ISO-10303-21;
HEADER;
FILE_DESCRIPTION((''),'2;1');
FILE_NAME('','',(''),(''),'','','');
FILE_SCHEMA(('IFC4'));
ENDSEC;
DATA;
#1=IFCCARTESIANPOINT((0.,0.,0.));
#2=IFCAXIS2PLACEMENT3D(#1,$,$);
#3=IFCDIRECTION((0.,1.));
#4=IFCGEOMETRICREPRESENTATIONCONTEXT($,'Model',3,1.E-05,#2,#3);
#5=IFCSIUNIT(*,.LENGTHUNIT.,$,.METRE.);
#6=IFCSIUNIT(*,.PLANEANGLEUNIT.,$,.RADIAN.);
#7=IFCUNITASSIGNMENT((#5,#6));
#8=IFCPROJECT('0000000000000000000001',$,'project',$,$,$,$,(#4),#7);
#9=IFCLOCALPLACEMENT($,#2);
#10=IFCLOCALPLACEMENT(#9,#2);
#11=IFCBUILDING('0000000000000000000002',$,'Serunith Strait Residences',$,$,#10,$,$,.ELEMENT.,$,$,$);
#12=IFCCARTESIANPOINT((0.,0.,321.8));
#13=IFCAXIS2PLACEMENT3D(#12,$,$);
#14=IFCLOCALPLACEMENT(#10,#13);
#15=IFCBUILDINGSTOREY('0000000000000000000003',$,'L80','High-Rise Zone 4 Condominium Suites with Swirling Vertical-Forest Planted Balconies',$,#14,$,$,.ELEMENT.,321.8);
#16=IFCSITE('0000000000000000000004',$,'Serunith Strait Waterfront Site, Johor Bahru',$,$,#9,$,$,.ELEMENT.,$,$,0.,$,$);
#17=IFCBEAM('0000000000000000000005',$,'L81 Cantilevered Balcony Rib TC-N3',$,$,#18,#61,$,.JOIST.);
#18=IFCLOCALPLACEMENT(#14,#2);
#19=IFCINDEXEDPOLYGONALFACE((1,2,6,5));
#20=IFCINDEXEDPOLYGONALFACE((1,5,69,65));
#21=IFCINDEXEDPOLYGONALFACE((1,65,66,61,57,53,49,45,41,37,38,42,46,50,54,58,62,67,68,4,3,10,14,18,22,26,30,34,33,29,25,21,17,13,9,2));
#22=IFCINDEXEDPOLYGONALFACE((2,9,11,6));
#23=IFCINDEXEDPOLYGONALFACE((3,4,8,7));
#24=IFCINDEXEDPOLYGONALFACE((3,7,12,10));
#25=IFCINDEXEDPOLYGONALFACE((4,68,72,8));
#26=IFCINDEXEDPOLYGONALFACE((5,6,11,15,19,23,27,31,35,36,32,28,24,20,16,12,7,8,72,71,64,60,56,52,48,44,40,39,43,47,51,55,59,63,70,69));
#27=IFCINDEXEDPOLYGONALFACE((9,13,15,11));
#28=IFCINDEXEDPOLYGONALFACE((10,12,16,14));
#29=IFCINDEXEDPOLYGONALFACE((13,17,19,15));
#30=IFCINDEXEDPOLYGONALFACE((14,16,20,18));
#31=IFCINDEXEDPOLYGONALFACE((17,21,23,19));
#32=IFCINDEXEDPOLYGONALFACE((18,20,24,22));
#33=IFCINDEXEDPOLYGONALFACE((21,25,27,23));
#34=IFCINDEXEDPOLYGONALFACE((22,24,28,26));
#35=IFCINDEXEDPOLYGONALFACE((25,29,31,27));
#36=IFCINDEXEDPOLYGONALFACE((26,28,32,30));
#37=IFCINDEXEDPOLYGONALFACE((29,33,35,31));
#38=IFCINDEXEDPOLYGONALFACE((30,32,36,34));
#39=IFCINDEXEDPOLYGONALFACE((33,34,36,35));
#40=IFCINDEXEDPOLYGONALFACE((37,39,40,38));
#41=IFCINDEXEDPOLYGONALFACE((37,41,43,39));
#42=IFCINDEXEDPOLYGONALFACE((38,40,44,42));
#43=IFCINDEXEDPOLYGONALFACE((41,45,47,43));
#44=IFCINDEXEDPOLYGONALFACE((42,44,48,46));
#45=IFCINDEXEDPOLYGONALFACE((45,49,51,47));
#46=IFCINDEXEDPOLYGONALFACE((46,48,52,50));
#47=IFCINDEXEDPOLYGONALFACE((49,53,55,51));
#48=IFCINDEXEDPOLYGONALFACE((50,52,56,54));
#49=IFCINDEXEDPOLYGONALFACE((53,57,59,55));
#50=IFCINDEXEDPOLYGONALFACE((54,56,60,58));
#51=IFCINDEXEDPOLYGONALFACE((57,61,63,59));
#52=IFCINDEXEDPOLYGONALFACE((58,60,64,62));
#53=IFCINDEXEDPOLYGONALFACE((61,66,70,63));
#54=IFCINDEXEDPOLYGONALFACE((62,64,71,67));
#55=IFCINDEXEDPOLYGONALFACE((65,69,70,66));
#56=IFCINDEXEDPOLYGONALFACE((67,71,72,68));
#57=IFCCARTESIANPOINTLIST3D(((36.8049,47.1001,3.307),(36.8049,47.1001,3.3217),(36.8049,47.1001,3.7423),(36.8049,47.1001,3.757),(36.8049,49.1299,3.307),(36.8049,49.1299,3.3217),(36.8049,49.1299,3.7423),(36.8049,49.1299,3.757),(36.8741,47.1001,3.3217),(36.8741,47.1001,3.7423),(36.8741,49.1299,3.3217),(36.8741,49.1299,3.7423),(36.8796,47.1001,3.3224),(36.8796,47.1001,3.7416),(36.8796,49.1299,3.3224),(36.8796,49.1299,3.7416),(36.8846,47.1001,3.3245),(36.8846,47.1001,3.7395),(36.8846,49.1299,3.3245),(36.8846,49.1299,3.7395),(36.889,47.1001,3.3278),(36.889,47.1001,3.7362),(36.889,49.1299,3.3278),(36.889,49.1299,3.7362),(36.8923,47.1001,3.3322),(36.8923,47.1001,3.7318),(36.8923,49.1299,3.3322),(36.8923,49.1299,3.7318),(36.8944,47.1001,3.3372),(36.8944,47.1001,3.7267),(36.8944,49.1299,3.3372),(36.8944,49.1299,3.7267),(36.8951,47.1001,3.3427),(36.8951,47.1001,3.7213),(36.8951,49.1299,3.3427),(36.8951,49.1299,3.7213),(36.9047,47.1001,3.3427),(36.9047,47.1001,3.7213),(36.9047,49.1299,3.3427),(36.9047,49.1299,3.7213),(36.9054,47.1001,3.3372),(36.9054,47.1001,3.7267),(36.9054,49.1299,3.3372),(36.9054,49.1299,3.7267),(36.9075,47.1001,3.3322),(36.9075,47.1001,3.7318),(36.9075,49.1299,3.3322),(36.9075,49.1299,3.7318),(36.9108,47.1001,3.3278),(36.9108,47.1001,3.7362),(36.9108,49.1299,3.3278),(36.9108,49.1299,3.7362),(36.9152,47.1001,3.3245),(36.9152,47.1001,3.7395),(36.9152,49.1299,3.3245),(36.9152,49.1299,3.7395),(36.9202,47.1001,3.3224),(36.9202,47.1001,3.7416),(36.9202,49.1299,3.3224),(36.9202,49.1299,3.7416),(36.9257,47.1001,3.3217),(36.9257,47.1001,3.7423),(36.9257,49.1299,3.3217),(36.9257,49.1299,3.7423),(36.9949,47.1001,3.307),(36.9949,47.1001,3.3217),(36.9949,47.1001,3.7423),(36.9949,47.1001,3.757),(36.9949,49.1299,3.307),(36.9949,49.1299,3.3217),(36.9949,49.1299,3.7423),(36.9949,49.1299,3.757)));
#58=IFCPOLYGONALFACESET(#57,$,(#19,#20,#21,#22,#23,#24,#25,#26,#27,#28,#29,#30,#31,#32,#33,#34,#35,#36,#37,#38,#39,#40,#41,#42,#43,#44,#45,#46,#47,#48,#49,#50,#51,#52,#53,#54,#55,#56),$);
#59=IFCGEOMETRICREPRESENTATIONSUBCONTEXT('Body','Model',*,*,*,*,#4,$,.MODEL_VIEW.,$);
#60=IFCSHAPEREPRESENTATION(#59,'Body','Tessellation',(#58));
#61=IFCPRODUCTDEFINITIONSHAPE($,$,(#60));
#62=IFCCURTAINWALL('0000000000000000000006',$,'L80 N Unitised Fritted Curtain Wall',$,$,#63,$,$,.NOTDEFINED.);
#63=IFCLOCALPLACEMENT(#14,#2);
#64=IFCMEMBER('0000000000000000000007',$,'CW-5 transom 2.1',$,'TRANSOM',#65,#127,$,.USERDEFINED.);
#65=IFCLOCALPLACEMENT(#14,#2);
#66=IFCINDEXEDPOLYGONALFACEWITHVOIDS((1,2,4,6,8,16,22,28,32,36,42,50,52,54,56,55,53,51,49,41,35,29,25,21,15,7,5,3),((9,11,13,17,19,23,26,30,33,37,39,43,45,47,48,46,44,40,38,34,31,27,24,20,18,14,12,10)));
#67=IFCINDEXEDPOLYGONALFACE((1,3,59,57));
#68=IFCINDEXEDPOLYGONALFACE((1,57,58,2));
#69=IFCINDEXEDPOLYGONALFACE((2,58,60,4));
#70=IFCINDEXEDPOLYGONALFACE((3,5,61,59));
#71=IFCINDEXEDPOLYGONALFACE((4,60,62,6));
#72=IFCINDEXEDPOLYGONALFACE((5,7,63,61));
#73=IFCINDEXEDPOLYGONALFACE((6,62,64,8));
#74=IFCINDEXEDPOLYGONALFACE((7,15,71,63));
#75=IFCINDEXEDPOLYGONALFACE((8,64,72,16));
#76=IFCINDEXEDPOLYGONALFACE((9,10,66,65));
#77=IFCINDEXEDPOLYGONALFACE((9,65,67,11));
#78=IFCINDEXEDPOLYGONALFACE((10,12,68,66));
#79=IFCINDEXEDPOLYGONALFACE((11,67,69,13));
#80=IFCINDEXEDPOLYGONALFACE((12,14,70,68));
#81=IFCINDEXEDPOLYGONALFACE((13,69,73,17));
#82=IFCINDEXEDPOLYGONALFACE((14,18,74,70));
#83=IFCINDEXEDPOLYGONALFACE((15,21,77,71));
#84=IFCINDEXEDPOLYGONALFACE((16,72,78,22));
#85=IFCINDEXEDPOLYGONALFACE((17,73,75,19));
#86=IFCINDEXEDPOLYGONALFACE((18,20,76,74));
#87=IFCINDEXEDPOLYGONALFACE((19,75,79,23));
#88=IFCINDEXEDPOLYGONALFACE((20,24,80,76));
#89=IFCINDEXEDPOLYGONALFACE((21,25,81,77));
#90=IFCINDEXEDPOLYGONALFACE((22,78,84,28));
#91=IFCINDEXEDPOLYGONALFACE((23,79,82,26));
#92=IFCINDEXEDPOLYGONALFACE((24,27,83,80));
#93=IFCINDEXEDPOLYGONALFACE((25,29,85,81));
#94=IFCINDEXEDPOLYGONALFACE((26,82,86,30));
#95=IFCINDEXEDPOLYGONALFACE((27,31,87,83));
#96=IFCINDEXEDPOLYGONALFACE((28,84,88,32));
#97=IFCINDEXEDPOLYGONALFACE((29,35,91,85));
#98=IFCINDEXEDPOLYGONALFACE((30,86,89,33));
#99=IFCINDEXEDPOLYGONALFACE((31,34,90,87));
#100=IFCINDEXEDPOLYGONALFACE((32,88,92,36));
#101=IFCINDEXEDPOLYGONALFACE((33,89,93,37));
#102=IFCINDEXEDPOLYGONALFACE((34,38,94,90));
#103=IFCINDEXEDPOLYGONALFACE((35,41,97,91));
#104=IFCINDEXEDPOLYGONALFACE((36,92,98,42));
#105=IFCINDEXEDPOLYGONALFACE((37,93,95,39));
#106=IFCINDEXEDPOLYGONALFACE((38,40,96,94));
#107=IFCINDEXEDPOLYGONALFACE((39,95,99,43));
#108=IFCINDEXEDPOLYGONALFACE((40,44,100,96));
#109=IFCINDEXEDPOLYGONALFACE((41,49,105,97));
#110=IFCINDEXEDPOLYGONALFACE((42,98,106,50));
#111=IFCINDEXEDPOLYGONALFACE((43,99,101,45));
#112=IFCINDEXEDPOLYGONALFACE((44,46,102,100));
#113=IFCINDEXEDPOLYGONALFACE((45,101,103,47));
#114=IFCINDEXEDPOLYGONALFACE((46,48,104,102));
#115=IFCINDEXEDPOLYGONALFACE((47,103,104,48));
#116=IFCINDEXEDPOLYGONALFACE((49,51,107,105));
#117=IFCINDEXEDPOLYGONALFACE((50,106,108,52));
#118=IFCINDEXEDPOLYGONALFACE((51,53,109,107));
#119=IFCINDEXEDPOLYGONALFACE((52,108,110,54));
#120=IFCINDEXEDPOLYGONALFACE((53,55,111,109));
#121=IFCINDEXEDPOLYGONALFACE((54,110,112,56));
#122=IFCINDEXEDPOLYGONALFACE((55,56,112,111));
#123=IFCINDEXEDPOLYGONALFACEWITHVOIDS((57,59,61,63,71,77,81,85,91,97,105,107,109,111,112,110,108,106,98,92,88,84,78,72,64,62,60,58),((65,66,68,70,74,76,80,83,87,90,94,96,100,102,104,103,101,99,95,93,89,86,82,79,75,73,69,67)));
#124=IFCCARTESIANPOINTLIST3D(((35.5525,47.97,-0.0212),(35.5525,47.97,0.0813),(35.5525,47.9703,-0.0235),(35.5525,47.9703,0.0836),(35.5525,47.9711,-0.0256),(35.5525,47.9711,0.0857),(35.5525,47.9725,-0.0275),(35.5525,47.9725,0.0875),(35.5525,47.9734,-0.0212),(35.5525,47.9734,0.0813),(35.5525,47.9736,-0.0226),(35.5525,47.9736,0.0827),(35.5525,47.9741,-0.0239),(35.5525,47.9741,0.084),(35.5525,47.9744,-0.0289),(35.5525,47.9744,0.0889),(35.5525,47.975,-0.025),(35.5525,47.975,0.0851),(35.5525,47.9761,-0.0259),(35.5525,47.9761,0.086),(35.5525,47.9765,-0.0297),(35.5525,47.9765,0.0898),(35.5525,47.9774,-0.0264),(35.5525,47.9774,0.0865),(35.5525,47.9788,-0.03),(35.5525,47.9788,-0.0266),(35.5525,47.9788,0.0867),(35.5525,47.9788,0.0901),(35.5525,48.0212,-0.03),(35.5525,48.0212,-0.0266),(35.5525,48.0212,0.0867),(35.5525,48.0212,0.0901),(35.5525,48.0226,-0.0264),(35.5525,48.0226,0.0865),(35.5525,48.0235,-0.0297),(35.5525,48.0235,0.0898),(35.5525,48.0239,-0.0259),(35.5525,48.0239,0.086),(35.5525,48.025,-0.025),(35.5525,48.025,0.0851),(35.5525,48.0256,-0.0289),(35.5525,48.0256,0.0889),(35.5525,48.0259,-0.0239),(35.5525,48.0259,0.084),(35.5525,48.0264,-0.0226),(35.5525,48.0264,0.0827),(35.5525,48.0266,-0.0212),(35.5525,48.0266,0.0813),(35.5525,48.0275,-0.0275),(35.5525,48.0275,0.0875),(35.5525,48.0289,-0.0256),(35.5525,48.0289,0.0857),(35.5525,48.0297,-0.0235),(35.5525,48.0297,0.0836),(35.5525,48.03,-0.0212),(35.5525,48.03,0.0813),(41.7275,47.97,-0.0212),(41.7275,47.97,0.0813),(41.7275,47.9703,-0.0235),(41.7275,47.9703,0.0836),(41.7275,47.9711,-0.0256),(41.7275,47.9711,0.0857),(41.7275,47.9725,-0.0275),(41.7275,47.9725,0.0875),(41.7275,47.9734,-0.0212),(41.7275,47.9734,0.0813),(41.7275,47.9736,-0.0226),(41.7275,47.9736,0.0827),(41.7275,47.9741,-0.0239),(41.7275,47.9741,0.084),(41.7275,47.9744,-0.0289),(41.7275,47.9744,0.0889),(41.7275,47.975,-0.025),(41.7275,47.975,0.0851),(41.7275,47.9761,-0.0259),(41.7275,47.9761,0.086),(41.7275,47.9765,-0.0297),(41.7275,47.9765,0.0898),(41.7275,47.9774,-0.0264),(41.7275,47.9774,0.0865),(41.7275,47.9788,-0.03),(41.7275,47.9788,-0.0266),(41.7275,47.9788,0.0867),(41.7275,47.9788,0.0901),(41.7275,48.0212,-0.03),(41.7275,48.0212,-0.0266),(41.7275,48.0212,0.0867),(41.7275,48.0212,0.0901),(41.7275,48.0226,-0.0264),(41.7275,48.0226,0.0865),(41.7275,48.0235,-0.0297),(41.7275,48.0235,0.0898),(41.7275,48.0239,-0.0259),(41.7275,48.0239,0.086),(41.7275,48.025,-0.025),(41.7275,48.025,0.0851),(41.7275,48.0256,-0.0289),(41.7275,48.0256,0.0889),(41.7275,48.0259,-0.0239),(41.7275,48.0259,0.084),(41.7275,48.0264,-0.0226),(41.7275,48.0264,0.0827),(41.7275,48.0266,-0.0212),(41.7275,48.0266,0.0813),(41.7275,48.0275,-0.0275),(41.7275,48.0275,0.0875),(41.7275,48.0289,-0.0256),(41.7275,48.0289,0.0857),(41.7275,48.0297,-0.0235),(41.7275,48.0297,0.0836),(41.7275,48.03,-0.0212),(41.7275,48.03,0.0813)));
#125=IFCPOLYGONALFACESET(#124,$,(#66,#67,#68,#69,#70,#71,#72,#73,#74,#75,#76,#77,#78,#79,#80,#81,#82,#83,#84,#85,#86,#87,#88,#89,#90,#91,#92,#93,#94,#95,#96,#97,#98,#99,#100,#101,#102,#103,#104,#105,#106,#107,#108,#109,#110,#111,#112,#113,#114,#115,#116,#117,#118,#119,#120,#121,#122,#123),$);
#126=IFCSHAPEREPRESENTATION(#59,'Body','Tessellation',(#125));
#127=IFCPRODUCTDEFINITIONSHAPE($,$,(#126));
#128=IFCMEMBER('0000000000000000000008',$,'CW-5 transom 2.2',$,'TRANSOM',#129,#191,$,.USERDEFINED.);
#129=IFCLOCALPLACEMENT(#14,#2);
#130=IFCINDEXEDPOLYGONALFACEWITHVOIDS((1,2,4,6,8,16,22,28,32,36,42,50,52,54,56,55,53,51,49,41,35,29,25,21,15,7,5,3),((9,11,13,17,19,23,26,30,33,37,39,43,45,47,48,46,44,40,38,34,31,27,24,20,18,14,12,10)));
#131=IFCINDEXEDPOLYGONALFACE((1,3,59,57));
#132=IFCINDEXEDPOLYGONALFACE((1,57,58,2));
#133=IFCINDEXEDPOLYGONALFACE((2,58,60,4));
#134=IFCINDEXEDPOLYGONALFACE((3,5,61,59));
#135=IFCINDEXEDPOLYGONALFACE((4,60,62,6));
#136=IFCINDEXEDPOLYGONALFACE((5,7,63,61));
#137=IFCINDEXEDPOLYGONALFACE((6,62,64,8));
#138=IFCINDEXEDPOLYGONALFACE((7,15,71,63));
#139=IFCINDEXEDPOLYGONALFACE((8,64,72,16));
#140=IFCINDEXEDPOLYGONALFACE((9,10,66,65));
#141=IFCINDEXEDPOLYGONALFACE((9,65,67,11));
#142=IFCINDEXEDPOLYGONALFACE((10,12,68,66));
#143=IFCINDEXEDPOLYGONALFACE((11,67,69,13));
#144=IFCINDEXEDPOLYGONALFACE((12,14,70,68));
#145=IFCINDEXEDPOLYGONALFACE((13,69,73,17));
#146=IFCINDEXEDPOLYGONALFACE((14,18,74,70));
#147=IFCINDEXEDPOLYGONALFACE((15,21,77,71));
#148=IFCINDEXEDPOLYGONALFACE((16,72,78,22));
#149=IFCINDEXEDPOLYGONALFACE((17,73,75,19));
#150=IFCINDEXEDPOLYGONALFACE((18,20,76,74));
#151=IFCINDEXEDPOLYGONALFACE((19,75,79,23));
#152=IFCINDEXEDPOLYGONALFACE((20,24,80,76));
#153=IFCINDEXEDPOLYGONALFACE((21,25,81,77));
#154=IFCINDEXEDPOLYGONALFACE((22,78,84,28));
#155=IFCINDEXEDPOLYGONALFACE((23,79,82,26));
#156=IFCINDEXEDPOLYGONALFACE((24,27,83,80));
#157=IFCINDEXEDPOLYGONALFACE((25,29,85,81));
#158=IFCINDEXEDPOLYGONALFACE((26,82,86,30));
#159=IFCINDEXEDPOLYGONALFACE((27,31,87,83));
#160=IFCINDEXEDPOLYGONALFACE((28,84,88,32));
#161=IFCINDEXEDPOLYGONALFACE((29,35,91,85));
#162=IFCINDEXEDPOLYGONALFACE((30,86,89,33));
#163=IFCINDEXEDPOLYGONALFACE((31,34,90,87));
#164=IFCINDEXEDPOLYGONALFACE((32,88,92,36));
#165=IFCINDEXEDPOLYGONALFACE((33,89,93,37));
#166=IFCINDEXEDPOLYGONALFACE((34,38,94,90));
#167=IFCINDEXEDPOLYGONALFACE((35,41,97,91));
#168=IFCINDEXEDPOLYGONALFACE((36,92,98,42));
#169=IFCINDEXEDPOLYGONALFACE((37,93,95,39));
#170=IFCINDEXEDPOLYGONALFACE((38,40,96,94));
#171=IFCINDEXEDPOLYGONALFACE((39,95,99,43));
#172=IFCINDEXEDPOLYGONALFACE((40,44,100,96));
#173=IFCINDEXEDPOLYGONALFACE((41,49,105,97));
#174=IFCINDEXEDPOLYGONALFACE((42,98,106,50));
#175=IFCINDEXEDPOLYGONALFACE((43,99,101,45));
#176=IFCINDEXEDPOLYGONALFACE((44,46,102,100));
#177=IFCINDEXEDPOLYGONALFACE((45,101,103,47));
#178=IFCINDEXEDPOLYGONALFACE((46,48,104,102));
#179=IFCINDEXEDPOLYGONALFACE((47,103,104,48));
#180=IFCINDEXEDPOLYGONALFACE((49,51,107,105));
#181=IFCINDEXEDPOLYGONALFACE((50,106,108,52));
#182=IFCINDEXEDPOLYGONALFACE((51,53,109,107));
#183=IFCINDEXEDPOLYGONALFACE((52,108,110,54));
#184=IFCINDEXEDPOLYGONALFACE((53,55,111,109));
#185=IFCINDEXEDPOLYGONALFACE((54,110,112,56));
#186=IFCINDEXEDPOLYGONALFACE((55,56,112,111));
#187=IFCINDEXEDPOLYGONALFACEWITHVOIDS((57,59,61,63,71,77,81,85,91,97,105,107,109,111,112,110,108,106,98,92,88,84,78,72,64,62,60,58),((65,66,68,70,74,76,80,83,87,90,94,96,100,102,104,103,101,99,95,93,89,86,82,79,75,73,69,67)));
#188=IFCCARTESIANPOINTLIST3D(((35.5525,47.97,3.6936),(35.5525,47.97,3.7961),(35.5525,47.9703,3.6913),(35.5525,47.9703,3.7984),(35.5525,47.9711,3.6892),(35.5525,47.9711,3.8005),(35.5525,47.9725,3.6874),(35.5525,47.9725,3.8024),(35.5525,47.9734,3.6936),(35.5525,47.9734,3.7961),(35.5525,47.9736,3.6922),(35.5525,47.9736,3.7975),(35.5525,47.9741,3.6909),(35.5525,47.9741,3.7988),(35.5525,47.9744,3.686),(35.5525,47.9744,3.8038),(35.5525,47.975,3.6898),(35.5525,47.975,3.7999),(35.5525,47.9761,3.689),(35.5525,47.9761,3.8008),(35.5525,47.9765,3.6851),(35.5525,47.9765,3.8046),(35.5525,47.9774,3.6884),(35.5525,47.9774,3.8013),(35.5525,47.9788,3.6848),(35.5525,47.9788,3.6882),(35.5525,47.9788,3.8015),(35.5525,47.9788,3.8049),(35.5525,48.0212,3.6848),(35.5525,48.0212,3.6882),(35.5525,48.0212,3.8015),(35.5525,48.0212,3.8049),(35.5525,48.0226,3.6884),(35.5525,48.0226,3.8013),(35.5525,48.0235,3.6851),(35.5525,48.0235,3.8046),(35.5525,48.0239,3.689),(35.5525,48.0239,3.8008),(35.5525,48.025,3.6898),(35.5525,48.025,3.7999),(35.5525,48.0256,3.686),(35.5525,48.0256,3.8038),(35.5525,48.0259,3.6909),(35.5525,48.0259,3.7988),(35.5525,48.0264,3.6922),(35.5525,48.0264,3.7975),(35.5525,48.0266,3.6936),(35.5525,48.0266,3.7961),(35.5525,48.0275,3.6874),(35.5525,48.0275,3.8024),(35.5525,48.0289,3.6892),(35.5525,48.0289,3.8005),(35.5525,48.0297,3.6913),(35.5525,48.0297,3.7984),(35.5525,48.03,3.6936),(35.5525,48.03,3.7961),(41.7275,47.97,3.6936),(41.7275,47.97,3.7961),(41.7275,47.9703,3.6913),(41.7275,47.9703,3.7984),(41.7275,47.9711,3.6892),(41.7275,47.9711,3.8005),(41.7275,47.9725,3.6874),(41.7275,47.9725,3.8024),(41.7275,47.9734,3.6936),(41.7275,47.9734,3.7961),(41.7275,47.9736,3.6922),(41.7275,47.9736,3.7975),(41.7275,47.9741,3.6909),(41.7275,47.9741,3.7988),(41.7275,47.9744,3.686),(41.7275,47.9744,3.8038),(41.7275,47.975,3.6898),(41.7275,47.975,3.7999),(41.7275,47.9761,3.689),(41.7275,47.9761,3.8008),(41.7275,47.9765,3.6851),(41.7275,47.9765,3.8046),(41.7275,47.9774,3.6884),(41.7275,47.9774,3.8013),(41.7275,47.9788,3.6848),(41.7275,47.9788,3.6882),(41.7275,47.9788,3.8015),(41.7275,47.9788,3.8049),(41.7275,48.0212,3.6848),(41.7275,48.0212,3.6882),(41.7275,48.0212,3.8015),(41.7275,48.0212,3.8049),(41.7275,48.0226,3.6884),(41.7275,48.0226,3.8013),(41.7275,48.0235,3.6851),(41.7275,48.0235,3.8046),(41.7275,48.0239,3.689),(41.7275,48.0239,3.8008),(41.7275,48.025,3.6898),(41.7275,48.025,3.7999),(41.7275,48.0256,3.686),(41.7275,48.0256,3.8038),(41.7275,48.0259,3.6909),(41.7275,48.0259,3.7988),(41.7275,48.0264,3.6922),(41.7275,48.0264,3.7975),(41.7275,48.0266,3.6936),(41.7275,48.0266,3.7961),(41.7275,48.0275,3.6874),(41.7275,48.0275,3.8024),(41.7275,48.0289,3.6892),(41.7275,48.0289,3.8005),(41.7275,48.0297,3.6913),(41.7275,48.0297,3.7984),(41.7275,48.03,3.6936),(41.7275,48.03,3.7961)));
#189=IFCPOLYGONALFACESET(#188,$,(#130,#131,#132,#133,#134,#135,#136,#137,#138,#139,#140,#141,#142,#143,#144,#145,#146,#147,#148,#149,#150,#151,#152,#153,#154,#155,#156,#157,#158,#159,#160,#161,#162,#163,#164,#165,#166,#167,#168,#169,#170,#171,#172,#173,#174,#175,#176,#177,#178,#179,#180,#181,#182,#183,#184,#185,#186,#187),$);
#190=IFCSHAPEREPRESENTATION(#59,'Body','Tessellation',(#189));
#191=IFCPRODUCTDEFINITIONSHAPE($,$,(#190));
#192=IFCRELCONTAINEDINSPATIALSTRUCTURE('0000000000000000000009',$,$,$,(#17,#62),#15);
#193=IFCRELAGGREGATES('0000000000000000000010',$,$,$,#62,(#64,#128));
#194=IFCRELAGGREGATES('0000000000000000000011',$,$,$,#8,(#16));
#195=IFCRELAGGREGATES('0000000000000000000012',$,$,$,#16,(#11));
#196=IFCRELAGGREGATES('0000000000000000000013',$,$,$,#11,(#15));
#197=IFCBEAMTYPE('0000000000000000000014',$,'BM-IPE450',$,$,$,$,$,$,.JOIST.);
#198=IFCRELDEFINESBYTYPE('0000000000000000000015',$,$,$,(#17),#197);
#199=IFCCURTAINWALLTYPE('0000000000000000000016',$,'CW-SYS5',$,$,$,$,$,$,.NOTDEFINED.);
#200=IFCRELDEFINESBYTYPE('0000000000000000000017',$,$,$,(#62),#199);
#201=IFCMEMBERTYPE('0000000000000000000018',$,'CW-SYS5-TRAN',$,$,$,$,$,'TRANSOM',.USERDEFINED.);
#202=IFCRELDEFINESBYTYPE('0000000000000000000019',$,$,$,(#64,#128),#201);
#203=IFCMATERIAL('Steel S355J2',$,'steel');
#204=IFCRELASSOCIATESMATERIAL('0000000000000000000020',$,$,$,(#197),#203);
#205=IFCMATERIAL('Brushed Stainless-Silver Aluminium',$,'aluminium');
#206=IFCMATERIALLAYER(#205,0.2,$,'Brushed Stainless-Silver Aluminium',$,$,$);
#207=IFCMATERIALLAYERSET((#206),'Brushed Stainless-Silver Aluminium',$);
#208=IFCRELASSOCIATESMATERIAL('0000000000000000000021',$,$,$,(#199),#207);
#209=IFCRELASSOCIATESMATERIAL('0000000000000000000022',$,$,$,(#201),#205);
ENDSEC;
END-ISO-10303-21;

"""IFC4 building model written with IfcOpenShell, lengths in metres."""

from ifc_helpers import new_model, si_unit, direction, frame, origin, origin_2d, place, context, subcontext, project, spatial, hollow_rectangle, i_section, extrude, source, transform, mapped, material, layer, layer_set, material_profile, profile_set, type_object, element, aggregate, save


model = new_model("IFC4")

# Units and contexts
model_context = context("Model", 3, precision=1e-05, world=origin(), true_north=direction((0.0, 1.0)))
body_context = subcontext(model_context, "Body", "Model", "MODEL_VIEW")
ifc_project = project(units=[si_unit("LENGTHUNIT", "METRE"), si_unit("PLANEANGLEUNIT", "RADIAN")], contexts=[model_context])

# Site, building, storey
site_placement = place(None, origin())
site = spatial("IfcSite", under=ifc_project, at=site_placement, Name="Serunith Strait Waterfront Site, Johor Bahru", CompositionType="ELEMENT", RefElevation=0.0)
building_placement = place(site_placement, origin())
building = spatial("IfcBuilding", under=site, at=building_placement, Name="Serunith Strait Residences", CompositionType="ELEMENT")
storey_placement = place(building_placement, frame((0.0, 0.0, 321.8)))
storey = spatial("IfcBuildingStorey", under=building, at=storey_placement, Name="L80", Description="High-Rise Zone 4 Condominium Suites with Swirling Vertical-Forest Planted Balconies", CompositionType="ELEMENT", Elevation=321.8)

# Beam
ifc_material_1 = material(Name="Steel S355J2", Category="steel")
ifc_material_profile_1 = material_profile(ifc_material_1, i_section(OverallWidth=0.1899, OverallDepth=0.45, WebThickness=0.0095, FlangeThickness=0.0146, FilletRadius=0.021, at=origin_2d()), Name="IPE 450")
ifc_profile_set_1 = profile_set([ifc_material_profile_1], Name="Steel S355J2")
beam_type_1 = type_object("IfcBeamType", Name="BM-IPE450", PredefinedType="JOIST", material=ifc_profile_set_1)
shared_shape_1 = source(origin(), body_context, "Body", "SweptSolid", [
    extrude(i_section(OverallWidth=0.1899, OverallDepth=0.45, WebThickness=0.0095, FlangeThickness=0.0146, FilletRadius=0.021, at=origin_2d()), origin(), (0.0, 0.0, 1.0), 2.0298),
])
beam_1_placement = place(storey_placement, frame((36.8999, 47.1001, 3.532), z_axis=(0.0, 1.0, 0.0), x_axis=(-1.0, 0.0, 0.0)))
element("IfcBeam", 1, at=beam_1_placement, inside=storey, type_object=beam_type_1, Name="L81 Cantilevered Balcony Rib TC-N3", PredefinedType="JOIST", context=body_context, shape_type="MappedRepresentation", body=[
    mapped(shared_shape_1, transform((0.0, 0.0, 0.0), scale=1.0)),
])

# Curtain wall, members
ifc_material_2 = material(Name="Brushed Stainless-Silver Aluminium", Category="aluminium")
ifc_layer_1 = layer(ifc_material_2, 0.2, Name="Brushed Stainless-Silver Aluminium")
ifc_layer_set_1 = layer_set([ifc_layer_1], Name="Brushed Stainless-Silver Aluminium")
curtain_wall_type = type_object("IfcCurtainWallType", Name="CW-SYS5", PredefinedType="NOTDEFINED", material=ifc_layer_set_1)
curtain_wall_placement = place(storey_placement, origin())
curtain_wall = element("IfcCurtainWall", 2, at=curtain_wall_placement, inside=storey, type_object=curtain_wall_type, Name="L80 N Unitised Fritted Curtain Wall", PredefinedType="NOTDEFINED")
ifc_material_profile_2 = material_profile(ifc_material_2, hollow_rectangle(XDim=0.0601, YDim=0.1201, WallThickness=0.0034, InnerFilletRadius=0.0054, OuterFilletRadius=0.0088, at=origin_2d()), Name="ALU 120x60x3.5")
ifc_profile_set_2 = profile_set([ifc_material_profile_2], Name="Brushed Stainless-Silver Aluminium")
member_type_1 = type_object("IfcMemberType", Name="CW-SYS5-TRAN", ElementType="TRANSOM", PredefinedType="USERDEFINED", material=ifc_profile_set_2)
shared_shape_2 = source(origin(), body_context, "Body", "SweptSolid", [
    extrude(hollow_rectangle(XDim=0.0601, YDim=0.1201, WallThickness=0.0034, InnerFilletRadius=0.0054, OuterFilletRadius=0.0088, at=origin_2d()), origin(), (0.0, 0.0, 1.0), 6.175),
])
member_1_placement = place(storey_placement, frame((41.7275, 48.0, 0.03), z_axis=(-1.0, 0.0, 0.0), x_axis=(0.0, -1.0, 0.0)))
member_1 = element("IfcMember", 3, at=member_1_placement, type_object=member_type_1, Name="CW-5 transom 2.1", ObjectType="TRANSOM", PredefinedType="USERDEFINED", context=body_context, shape_type="MappedRepresentation", body=[
    mapped(shared_shape_2, transform((0.0, 0.0, 0.0), scale=1.0)),
])
member_2_placement = place(storey_placement, frame((41.7275, 48.0, 3.7449), z_axis=(-1.0, 0.0, 0.0), x_axis=(0.0, -1.0, 0.0)))
member_2 = element("IfcMember", 4, at=member_2_placement, type_object=member_type_1, Name="CW-5 transom 2.2", ObjectType="TRANSOM", PredefinedType="USERDEFINED", context=body_context, shape_type="MappedRepresentation", body=[
    mapped(shared_shape_2, transform((0.0, 0.0, 0.0), scale=1.0)),
])
aggregate(curtain_wall, [member_1, member_2])

save(model, "model.ifc")
